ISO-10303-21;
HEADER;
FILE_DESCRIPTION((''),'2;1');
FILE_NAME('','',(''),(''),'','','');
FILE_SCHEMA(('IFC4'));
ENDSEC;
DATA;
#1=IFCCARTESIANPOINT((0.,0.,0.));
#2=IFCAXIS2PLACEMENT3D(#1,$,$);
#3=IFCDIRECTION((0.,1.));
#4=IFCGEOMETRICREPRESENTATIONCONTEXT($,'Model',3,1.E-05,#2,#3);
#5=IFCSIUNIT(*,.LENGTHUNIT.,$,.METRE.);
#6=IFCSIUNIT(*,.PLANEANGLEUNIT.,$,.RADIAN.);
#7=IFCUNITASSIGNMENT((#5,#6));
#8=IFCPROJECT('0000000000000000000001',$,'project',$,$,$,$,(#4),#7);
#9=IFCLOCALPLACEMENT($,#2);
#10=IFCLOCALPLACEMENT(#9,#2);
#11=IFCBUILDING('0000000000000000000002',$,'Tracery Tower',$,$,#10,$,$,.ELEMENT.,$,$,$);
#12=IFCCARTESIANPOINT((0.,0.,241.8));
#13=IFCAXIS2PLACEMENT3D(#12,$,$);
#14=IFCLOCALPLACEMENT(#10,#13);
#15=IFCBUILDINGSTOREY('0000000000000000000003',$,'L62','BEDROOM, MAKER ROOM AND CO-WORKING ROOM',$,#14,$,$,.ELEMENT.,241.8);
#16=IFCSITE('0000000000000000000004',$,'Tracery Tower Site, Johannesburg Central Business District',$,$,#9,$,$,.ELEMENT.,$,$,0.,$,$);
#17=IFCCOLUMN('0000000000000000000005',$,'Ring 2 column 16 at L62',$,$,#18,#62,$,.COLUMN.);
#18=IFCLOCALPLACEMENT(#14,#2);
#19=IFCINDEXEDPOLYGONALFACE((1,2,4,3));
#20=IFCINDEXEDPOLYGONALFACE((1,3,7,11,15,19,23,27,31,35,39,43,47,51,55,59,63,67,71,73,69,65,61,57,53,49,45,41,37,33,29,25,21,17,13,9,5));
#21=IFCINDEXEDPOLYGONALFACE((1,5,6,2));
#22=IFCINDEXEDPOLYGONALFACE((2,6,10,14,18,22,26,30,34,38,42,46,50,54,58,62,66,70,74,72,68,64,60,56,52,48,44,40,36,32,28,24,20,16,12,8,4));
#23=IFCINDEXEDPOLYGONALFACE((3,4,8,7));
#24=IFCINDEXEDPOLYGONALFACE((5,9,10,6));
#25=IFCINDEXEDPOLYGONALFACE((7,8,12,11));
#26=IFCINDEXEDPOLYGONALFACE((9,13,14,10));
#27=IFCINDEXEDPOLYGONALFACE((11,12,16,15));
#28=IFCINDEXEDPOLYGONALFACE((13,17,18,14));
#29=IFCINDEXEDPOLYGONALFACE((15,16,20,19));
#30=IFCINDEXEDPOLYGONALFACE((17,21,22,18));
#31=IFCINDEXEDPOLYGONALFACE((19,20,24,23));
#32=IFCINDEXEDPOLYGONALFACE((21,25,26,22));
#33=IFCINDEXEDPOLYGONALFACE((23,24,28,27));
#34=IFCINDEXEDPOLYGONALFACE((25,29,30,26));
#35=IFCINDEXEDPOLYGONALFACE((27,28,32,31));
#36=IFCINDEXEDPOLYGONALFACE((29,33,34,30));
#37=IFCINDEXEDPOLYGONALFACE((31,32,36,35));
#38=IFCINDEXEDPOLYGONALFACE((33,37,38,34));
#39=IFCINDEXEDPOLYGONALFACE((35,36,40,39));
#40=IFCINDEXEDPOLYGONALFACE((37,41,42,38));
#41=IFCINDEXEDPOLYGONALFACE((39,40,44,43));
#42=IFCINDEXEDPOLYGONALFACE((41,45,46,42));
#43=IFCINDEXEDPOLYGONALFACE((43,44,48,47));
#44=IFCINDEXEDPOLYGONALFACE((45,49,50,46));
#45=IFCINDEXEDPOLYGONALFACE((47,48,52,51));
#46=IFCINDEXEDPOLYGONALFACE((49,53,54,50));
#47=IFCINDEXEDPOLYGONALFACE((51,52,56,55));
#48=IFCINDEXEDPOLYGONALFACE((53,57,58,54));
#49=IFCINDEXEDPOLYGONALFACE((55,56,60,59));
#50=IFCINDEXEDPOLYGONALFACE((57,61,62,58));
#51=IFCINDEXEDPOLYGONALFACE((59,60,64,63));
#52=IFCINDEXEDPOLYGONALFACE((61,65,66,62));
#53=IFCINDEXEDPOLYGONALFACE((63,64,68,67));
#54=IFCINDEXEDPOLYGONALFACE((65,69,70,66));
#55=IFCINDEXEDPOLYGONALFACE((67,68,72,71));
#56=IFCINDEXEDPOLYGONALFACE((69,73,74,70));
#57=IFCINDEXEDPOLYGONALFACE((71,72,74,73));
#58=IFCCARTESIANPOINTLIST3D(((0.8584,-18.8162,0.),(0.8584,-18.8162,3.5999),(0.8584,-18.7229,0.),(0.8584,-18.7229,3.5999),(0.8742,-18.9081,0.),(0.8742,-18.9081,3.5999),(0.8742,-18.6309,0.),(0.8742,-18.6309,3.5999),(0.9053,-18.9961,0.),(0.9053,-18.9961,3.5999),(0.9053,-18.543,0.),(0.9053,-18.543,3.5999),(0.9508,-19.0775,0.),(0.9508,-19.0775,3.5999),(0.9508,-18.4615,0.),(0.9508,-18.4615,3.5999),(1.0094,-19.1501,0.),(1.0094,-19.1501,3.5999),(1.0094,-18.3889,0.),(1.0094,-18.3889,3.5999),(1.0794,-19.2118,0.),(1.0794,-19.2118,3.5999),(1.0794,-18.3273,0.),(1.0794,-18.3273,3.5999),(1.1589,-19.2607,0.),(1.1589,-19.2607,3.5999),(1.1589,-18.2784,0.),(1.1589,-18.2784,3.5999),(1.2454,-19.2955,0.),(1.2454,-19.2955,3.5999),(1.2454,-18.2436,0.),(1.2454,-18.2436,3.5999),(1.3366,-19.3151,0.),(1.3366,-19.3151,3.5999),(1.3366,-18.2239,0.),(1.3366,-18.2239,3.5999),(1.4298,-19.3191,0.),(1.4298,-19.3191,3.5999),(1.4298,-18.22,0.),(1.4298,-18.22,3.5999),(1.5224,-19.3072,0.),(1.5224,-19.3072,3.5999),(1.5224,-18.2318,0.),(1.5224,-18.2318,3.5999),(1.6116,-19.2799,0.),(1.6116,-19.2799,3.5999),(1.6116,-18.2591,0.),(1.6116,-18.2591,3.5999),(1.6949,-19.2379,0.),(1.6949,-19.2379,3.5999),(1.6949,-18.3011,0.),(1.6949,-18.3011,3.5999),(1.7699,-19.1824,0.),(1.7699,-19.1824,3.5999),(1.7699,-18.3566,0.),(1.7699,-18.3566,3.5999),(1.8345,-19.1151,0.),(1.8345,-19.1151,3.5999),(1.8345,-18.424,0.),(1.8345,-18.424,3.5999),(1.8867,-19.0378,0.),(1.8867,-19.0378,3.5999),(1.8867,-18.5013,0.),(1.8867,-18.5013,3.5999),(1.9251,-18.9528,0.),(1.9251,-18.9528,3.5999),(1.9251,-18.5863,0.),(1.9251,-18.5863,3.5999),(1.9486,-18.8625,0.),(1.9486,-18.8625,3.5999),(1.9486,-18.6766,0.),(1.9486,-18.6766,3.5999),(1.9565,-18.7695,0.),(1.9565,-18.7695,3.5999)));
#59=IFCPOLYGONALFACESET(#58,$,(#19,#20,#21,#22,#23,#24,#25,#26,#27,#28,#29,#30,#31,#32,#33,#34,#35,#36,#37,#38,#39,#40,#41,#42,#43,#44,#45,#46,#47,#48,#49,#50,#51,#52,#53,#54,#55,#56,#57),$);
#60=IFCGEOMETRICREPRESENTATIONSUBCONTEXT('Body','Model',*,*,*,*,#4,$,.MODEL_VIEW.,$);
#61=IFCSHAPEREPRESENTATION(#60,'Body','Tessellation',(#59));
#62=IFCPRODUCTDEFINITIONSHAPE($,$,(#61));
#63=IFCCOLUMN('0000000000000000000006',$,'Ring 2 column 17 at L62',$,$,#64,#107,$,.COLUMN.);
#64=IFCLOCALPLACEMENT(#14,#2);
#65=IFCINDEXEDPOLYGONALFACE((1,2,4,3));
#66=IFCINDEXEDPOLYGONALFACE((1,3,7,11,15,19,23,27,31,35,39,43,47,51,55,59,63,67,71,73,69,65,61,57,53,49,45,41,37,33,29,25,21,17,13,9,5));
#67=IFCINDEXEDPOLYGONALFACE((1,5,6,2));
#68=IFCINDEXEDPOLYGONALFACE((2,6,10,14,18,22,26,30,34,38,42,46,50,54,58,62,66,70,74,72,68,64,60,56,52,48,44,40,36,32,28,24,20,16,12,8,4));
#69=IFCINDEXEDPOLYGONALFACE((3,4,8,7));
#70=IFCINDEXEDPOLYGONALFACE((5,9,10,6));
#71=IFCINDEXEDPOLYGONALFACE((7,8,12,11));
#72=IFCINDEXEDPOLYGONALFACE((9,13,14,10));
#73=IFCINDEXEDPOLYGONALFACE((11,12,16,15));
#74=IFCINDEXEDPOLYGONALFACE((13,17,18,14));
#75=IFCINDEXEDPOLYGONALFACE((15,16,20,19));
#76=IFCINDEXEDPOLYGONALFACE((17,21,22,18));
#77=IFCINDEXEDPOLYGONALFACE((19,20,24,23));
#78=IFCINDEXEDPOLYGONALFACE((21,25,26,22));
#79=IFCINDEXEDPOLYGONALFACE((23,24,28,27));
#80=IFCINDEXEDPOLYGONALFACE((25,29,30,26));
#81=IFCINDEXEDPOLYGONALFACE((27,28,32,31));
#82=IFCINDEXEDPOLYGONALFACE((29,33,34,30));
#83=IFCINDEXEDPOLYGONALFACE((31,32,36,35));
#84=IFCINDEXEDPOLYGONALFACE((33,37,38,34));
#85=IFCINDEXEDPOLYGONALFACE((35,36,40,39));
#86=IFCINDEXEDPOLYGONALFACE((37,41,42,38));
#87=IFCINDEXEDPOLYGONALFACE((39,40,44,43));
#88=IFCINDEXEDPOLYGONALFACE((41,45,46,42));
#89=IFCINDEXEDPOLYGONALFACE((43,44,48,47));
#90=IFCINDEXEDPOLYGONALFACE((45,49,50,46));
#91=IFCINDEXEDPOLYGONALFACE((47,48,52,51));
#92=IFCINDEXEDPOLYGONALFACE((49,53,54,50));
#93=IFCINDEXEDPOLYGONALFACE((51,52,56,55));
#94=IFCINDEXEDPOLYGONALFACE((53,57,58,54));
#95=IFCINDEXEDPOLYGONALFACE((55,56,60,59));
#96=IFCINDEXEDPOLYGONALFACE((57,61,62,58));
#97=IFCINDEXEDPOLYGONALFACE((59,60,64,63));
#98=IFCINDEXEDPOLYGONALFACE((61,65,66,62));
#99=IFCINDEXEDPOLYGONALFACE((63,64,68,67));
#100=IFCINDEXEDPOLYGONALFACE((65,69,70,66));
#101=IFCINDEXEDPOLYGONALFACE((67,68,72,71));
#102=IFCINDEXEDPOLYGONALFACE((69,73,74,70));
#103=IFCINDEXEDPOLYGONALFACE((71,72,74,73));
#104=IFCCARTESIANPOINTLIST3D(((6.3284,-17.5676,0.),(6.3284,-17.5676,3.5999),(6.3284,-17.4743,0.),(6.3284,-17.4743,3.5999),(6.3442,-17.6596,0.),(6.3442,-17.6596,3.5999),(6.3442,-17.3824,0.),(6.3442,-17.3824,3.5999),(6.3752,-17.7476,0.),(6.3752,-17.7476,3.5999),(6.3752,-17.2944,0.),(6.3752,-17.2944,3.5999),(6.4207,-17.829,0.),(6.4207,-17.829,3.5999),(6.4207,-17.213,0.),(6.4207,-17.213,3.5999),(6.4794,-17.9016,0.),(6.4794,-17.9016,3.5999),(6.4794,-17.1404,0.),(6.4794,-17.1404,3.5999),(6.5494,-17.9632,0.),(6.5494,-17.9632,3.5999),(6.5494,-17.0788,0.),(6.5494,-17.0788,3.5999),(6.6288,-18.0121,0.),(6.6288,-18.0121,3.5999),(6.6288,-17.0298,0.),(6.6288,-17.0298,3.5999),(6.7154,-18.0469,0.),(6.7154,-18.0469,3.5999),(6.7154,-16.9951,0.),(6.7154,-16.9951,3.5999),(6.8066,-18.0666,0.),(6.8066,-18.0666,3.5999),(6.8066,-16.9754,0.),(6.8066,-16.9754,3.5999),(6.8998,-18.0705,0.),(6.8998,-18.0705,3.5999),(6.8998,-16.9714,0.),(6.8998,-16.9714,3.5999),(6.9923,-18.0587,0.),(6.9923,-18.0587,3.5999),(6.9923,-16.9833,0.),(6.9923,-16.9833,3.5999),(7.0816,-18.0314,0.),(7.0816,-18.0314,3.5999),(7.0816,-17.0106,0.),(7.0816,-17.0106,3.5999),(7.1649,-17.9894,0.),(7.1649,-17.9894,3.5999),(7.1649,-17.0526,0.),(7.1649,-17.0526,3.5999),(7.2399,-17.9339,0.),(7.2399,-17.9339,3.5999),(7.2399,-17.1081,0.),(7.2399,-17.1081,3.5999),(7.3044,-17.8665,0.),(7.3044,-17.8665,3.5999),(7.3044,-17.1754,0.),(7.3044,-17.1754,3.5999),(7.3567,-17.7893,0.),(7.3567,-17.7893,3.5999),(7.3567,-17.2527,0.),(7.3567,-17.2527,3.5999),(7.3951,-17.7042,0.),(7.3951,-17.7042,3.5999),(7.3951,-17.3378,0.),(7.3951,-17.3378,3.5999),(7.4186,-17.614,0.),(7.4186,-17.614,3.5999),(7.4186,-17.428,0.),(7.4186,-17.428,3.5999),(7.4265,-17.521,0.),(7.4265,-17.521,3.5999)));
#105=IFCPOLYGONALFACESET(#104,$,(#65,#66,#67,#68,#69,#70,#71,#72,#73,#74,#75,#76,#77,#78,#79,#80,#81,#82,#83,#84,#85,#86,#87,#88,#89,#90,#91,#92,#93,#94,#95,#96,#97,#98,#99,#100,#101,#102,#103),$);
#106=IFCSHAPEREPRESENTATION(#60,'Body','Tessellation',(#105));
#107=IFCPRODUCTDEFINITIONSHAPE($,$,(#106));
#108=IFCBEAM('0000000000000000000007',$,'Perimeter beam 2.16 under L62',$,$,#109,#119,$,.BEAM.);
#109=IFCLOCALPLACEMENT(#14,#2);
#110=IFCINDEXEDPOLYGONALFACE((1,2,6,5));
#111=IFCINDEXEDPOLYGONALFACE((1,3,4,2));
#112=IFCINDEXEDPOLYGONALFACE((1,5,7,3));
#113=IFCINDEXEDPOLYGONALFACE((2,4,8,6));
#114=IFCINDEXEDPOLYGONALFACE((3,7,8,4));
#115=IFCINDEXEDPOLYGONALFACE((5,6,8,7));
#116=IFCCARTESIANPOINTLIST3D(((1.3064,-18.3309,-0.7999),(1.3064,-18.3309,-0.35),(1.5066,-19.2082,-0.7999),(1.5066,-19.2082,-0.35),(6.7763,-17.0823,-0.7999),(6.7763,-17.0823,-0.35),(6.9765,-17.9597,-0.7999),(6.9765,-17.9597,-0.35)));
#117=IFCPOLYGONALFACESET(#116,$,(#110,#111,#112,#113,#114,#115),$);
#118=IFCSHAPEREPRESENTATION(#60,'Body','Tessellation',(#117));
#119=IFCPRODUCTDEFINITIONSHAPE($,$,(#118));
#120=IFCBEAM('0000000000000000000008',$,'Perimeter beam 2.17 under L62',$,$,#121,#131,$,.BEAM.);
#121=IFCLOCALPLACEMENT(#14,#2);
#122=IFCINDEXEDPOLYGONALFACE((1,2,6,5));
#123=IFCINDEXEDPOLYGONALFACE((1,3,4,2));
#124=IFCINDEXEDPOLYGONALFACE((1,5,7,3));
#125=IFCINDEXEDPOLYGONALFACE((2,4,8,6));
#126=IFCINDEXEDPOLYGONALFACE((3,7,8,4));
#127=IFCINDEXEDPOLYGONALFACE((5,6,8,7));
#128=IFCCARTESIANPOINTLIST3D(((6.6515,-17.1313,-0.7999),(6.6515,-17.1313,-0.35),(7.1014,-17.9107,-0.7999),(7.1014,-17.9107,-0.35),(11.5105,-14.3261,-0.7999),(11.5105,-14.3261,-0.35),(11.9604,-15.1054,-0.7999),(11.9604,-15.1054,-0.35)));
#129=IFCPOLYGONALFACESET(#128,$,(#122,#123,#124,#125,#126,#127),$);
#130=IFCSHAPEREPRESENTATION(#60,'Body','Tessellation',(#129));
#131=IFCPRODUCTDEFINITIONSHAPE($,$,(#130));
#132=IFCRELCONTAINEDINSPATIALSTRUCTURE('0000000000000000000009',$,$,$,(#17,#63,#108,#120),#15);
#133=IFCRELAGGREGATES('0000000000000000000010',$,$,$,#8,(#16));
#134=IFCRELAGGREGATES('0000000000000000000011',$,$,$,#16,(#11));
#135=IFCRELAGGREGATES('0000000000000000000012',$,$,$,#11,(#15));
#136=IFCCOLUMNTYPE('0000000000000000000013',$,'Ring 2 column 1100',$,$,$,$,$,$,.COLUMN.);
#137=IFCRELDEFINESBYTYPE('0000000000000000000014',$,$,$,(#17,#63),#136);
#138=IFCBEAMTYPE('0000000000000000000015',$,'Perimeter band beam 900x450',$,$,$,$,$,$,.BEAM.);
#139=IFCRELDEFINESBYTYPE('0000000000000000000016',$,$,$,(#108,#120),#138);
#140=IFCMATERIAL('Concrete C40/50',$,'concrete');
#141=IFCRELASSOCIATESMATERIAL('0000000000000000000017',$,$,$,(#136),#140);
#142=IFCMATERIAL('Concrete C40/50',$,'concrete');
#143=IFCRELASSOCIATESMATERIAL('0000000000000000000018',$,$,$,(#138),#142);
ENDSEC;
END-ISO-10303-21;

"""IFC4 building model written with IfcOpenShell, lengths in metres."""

from ifc_helpers import new_model, si_unit, direction, frame, origin, origin_2d, place, context, subcontext, project, spatial, rectangle, circle, extrude, material, material_profile, profile_set, type_object, element, save


model = new_model("IFC4")

# Units and contexts
model_context = context("Model", 3, precision=1e-05, world=origin(), true_north=direction((0.0, 1.0)))
body_context = subcontext(model_context, "Body", "Model", "MODEL_VIEW")
ifc_project = project(units=[si_unit("LENGTHUNIT", "METRE"), si_unit("PLANEANGLEUNIT", "RADIAN")], contexts=[model_context])

# Site, building, storey
site_placement = place(None, origin())
site = spatial("IfcSite", under=ifc_project, at=site_placement, Name="Tracery Tower Site, Johannesburg Central Business District", CompositionType="ELEMENT", RefElevation=0.0)
building_placement = place(site_placement, origin())
building = spatial("IfcBuilding", under=site, at=building_placement, Name="Tracery Tower", CompositionType="ELEMENT")
storey_placement = place(building_placement, frame((0.0, 0.0, 241.8)))
storey = spatial("IfcBuildingStorey", under=building, at=storey_placement, Name="L62", Description="BEDROOM, MAKER ROOM AND CO-WORKING ROOM", CompositionType="ELEMENT", Elevation=241.8)

# Columns
ifc_material_1 = material(Name="Concrete C40/50", Category="concrete")
ifc_material_profile_1 = material_profile(ifc_material_1, circle(Radius=0.55, at=origin_2d()), Name="RC D1100")
ifc_profile_set_1 = profile_set([ifc_material_profile_1], Name="Concrete C40/50")
column_type = type_object("IfcColumnType", Name="Ring 2 column 1100", PredefinedType="COLUMN", material=ifc_profile_set_1)
for number, where, z_axis, x_axis, name in (
    (1, (1.4065, -18.7695, 0.0), (0.0, 0.0, 1.0), (1.0, 0.0, 0.0), "Ring 2 column 16 at L62"),
    (2, (6.8765, -17.521, 0.0), (0.0, 0.0, 1.0), (1.0, 0.0, 0.0), "Ring 2 column 17 at L62"),
):
    element("IfcColumn", number, at=place(storey_placement, frame(where, z_axis=z_axis, x_axis=x_axis)), inside=storey, type_object=column_type, Name=name, PredefinedType="COLUMN", context=body_context, shape_type="SweptSolid", body=[
        extrude(circle(Radius=0.55, at=origin_2d()), origin(), (0.0, 0.0, 1.0), 3.5999),
    ])

# Beams
ifc_material_2 = material(Name="Concrete C40/50", Category="concrete")
ifc_material_profile_2 = material_profile(ifc_material_2, rectangle(XDim=0.8999, YDim=0.45, at=origin_2d()), Name="RC 900x450")
ifc_profile_set_2 = profile_set([ifc_material_profile_2], Name="Concrete C40/50")
beam_type = type_object("IfcBeamType", Name="Perimeter band beam 900x450", PredefinedType="BEAM", material=ifc_profile_set_2)
for number, where, z_axis, x_axis, name in (
    (3, (1.4065, -18.7695, -0.575), (0.974926, 0.222529, 0.0), (-0.222529, 0.974926, 0.0), "Perimeter beam 2.16 under L62"),
    (4, (6.8765, -17.521, -0.575), (0.866033, 0.499986, 0.0), (-0.499986, 0.866033, 0.0), "Perimeter beam 2.17 under L62"),
):
    element("IfcBeam", number, at=place(storey_placement, frame(where, z_axis=z_axis, x_axis=x_axis)), inside=storey, type_object=beam_type, Name=name, PredefinedType="BEAM", context=body_context, shape_type="SweptSolid", body=[
        extrude(rectangle(XDim=0.8999, YDim=0.45, at=origin_2d()), origin(), (0.0, 0.0, 1.0), 5.6106),
    ])

save(model, "model.ifc")
